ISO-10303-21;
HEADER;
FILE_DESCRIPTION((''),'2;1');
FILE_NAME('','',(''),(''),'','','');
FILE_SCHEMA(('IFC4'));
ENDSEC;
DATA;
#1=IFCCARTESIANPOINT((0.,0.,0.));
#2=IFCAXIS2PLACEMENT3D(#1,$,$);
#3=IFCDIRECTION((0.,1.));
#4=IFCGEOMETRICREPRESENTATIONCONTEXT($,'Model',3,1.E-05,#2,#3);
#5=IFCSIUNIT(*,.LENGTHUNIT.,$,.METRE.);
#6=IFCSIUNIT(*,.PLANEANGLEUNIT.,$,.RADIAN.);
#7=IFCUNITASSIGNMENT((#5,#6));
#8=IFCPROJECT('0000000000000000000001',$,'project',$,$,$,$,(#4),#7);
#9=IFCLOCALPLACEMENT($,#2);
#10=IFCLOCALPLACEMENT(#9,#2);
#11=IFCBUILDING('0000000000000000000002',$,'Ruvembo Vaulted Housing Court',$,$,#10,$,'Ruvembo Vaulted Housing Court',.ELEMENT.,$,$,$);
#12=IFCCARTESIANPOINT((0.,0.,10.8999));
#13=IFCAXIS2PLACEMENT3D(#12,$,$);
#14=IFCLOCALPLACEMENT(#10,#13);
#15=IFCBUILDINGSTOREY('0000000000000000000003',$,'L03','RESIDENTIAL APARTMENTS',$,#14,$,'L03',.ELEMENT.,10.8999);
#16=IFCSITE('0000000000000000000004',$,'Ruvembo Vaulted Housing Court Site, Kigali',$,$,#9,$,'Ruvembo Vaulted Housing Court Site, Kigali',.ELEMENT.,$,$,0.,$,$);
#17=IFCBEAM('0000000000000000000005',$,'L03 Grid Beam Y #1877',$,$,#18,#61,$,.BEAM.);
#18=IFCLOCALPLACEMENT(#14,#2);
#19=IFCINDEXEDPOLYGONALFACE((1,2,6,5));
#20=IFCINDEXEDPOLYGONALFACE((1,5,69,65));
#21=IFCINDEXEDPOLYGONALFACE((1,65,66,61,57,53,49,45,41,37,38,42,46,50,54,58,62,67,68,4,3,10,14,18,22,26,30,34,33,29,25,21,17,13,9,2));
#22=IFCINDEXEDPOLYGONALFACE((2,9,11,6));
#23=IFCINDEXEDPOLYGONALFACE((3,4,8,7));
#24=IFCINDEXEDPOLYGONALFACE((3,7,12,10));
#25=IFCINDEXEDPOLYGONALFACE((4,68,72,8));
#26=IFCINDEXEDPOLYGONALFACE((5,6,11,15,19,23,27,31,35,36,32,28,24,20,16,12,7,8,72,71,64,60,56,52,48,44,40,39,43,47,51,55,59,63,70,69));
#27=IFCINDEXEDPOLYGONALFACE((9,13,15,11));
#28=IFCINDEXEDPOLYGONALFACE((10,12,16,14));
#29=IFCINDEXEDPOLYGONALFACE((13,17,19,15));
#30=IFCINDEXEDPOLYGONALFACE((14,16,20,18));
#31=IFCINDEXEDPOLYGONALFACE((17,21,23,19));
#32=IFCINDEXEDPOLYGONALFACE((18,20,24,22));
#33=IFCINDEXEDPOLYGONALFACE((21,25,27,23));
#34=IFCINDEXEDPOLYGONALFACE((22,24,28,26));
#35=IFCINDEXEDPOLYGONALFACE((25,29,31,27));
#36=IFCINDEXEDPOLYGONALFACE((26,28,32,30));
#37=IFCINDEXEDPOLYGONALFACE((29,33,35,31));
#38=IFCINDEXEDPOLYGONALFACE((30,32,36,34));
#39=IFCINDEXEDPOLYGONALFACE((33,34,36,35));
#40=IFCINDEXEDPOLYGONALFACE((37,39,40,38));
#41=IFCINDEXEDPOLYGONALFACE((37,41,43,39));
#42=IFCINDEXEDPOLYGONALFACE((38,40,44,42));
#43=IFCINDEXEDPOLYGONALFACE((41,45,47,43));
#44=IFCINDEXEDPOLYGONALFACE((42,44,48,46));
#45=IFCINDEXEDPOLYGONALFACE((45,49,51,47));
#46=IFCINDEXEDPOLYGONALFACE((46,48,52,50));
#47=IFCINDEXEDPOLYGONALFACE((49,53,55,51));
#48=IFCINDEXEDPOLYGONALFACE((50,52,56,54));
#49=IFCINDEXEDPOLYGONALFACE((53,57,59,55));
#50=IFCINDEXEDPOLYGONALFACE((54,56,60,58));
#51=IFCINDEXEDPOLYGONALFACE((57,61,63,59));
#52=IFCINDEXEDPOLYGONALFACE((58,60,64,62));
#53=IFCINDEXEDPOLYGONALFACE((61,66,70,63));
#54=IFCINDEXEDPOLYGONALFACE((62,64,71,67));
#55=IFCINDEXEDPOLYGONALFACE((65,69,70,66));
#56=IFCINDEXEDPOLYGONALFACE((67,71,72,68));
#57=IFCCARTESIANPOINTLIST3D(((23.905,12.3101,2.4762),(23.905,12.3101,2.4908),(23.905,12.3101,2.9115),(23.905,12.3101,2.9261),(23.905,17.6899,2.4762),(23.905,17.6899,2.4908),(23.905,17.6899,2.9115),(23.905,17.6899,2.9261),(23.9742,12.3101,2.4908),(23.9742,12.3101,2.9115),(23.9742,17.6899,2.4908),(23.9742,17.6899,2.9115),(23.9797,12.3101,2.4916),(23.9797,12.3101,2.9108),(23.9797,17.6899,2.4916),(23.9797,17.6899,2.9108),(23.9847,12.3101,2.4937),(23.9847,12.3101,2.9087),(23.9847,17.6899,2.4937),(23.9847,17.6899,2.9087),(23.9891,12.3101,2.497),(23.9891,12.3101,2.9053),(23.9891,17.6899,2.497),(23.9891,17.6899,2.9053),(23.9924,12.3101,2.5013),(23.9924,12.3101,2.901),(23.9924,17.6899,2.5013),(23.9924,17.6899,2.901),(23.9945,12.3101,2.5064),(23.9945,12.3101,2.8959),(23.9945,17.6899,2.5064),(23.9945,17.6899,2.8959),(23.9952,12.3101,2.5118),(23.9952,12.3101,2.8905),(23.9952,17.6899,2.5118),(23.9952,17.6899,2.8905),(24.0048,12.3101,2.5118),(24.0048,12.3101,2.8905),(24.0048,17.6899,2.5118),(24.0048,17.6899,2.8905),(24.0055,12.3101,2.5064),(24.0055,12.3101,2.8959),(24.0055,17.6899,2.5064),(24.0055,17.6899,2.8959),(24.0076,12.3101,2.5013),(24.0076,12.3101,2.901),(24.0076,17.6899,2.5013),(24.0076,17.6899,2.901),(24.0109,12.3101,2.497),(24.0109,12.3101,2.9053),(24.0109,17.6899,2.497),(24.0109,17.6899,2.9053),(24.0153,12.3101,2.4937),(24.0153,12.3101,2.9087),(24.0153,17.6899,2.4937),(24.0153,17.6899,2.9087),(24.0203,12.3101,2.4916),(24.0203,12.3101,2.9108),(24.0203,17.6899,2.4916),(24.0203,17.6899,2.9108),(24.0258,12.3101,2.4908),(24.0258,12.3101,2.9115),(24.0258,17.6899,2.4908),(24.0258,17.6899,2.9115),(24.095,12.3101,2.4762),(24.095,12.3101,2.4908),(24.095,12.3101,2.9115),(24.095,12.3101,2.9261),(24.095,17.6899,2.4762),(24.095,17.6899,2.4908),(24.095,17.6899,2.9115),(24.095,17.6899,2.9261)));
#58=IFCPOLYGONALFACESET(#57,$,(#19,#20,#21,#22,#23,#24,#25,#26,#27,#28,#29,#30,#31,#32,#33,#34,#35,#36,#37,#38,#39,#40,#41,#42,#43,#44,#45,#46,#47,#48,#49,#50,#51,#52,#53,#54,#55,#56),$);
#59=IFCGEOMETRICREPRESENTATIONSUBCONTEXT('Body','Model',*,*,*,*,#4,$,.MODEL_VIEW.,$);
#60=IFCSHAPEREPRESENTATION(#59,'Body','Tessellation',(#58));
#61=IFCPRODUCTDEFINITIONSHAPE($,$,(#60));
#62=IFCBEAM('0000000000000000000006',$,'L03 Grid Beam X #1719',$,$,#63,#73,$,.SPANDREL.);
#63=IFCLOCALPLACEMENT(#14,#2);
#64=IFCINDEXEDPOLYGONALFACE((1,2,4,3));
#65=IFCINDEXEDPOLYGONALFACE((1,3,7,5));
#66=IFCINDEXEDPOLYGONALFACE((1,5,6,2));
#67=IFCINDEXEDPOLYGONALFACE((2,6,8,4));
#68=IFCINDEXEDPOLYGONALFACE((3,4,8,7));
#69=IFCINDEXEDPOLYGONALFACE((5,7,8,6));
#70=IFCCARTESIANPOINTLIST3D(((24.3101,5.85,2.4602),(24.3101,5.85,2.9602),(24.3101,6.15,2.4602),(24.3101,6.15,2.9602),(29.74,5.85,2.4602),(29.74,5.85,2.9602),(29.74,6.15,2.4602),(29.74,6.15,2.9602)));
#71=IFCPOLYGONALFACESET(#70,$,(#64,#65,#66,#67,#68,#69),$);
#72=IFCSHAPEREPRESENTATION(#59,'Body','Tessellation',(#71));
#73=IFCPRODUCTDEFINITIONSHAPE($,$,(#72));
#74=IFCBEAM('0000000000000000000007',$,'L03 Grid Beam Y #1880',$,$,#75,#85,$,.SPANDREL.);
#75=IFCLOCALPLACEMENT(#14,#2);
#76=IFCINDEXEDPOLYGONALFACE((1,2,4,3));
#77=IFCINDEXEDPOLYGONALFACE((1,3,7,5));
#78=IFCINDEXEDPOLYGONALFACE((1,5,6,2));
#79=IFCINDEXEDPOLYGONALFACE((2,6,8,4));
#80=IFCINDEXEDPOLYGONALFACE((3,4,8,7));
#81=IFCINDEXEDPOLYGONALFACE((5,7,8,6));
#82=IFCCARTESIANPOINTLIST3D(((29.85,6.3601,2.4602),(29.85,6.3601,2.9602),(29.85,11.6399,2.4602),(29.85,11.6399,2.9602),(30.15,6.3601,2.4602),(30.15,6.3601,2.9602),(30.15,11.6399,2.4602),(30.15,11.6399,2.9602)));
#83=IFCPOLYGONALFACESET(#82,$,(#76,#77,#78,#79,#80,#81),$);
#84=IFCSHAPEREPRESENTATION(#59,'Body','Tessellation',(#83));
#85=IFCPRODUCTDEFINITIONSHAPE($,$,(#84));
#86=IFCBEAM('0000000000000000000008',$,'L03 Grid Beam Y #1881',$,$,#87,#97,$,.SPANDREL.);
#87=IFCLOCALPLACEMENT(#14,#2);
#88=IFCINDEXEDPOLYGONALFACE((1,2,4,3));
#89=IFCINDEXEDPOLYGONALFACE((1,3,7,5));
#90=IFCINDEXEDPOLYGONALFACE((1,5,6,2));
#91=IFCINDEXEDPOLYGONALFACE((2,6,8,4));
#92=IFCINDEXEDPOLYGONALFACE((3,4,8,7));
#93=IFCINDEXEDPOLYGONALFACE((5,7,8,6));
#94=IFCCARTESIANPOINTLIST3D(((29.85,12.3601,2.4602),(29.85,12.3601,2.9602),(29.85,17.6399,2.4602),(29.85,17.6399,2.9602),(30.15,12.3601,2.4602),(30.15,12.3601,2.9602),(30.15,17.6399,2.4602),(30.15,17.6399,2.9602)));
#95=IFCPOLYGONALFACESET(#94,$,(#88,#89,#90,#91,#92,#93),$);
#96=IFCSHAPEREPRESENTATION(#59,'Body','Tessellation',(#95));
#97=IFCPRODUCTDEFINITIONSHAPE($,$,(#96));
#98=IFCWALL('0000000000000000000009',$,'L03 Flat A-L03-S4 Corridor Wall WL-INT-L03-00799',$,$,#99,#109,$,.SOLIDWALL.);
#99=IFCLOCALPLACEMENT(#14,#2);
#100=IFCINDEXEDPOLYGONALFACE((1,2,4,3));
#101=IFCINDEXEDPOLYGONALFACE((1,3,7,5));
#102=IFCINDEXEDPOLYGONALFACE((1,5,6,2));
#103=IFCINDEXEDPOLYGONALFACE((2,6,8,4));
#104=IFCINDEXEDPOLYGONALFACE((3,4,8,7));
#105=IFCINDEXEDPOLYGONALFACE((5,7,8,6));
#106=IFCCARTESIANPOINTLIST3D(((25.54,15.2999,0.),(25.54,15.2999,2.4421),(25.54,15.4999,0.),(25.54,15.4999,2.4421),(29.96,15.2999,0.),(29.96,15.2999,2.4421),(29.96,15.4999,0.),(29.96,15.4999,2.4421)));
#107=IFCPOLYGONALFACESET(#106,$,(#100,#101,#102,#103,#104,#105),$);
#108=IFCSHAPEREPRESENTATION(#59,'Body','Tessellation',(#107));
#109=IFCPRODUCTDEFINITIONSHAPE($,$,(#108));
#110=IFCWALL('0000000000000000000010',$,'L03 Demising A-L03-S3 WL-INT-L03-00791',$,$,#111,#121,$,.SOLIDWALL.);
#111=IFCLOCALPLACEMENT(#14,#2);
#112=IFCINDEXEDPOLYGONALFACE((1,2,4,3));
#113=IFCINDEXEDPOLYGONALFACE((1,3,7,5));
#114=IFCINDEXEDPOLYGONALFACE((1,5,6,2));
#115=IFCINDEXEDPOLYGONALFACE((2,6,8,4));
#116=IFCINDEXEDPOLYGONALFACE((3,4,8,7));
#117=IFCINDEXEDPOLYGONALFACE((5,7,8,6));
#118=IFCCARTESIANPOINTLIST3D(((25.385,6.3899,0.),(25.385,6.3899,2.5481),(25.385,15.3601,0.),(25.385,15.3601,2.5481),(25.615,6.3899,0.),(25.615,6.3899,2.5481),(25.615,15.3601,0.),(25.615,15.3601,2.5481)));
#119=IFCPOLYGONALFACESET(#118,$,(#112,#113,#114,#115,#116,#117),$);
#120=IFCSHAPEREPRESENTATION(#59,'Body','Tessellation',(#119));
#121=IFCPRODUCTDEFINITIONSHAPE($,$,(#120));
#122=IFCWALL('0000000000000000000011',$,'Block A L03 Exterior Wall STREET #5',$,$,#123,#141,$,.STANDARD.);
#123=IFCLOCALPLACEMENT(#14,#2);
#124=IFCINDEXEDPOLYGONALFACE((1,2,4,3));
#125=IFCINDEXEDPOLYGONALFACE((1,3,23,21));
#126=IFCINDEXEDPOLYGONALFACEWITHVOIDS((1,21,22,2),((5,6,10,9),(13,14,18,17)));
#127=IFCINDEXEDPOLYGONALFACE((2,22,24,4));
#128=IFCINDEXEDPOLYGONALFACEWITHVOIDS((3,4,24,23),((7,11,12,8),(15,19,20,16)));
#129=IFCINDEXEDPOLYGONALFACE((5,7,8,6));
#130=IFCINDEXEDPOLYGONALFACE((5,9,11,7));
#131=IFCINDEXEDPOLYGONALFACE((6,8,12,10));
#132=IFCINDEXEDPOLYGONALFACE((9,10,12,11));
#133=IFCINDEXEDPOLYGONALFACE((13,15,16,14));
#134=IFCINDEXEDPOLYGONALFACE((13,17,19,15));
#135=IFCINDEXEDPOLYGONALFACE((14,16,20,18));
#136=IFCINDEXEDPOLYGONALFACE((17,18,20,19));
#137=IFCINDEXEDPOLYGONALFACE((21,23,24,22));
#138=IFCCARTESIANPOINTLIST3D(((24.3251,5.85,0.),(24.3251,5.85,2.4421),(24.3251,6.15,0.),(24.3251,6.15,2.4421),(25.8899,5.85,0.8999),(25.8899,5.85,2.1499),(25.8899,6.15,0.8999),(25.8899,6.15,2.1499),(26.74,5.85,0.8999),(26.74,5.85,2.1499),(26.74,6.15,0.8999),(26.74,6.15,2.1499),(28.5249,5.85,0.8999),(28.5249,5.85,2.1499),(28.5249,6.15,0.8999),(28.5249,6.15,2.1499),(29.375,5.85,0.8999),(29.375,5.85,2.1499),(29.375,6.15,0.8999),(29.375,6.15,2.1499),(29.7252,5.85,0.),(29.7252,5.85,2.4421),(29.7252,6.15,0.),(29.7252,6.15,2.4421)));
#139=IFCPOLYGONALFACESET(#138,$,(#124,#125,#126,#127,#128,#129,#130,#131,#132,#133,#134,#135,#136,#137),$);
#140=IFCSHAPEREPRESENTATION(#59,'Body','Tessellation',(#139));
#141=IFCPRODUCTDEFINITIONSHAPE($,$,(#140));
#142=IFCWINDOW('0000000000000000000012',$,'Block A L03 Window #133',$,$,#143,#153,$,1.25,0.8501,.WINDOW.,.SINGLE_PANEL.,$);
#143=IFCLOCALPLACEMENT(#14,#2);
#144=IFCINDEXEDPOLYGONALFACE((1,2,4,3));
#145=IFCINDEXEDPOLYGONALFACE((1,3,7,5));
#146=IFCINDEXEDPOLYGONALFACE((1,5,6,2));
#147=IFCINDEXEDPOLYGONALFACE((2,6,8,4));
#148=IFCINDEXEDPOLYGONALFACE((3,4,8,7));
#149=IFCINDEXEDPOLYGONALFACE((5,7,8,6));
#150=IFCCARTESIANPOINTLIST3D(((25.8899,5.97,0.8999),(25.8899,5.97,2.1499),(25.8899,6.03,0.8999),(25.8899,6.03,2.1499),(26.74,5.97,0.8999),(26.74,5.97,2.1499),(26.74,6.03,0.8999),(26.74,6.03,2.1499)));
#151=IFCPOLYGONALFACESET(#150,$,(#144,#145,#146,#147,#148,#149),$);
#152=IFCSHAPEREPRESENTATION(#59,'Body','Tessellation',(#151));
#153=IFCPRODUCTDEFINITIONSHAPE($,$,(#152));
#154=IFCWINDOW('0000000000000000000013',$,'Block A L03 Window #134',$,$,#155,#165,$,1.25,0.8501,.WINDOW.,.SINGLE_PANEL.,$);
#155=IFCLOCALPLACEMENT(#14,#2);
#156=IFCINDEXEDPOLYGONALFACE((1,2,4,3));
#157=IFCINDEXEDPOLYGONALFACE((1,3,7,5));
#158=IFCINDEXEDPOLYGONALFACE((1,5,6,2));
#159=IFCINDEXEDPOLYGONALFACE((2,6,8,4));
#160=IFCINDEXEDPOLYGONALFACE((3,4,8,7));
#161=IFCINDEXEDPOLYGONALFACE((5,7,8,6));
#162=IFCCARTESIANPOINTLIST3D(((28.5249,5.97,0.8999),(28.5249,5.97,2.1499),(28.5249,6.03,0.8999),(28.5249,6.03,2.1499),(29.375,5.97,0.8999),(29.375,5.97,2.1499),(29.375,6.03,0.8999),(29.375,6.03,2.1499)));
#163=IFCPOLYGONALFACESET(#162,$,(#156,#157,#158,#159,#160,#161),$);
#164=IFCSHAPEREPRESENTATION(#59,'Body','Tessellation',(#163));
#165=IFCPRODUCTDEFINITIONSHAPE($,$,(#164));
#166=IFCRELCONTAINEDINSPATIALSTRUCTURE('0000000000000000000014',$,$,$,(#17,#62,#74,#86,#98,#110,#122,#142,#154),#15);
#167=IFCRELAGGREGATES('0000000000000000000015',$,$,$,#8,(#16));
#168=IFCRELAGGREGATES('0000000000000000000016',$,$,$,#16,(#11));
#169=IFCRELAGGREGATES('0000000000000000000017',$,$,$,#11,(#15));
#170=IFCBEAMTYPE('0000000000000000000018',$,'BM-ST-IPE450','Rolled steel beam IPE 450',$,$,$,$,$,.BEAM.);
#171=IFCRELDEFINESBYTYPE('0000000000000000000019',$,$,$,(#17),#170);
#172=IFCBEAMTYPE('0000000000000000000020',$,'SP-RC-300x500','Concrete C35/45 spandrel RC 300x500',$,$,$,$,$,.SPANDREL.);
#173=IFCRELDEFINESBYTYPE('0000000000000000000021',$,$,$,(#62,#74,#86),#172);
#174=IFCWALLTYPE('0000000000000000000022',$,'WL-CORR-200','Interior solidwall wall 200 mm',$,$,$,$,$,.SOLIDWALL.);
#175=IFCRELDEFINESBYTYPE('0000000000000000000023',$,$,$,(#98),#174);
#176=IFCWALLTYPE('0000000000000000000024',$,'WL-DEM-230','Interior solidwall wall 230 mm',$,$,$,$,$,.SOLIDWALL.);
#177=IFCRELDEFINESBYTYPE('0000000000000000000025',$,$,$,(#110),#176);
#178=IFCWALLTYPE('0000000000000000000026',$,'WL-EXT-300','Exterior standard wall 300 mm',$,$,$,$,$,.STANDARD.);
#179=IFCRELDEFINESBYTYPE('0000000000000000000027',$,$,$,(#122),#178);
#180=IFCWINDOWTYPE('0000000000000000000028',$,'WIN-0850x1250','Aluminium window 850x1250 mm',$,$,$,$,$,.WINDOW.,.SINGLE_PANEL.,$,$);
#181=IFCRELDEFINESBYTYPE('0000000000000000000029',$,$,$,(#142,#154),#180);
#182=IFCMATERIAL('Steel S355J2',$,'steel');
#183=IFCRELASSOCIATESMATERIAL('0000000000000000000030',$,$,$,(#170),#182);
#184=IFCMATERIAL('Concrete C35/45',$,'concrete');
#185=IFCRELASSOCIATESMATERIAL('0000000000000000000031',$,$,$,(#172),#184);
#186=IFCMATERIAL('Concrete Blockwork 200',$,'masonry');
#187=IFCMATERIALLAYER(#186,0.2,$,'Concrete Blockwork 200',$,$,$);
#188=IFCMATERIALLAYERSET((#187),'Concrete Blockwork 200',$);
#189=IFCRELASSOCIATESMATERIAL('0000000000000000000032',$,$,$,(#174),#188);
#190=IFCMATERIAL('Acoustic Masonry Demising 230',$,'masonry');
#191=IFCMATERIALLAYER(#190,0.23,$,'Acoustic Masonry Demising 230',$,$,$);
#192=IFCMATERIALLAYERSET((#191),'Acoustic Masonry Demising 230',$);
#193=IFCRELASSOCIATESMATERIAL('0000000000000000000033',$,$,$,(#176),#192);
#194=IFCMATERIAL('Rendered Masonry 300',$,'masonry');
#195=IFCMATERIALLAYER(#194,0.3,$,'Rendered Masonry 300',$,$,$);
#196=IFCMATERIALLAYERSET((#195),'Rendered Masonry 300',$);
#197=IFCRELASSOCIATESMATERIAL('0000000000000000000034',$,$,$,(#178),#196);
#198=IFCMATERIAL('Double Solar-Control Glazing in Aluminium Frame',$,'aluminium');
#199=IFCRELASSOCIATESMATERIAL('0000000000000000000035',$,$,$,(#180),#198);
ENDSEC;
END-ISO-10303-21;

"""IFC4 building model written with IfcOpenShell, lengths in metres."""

from ifc_helpers import new_model, si_unit, direction, frame, frame_2d, origin, origin_2d, place, context, subcontext, project, spatial, rectangle, i_section, extrude, material, layer, layer_set, material_profile, profile_set, type_object, element, fill, save


model = new_model("IFC4")

# Units and contexts
model_context = context("Model", 3, precision=1e-05, world=origin(), true_north=direction((0.0, 1.0)))
body_context = subcontext(model_context, "Body", "Model", "MODEL_VIEW")
ifc_project = project(units=[si_unit("LENGTHUNIT", "METRE"), si_unit("PLANEANGLEUNIT", "RADIAN")], contexts=[model_context])

# Site, building, storey
site_placement = place(None, origin())
site = spatial("IfcSite", under=ifc_project, at=site_placement, Name="Ruvembo Vaulted Housing Court Site, Kigali", LongName="Ruvembo Vaulted Housing Court Site, Kigali", CompositionType="ELEMENT", RefElevation=0.0)
building_placement = place(site_placement, origin())
building = spatial("IfcBuilding", under=site, at=building_placement, Name="Ruvembo Vaulted Housing Court", LongName="Ruvembo Vaulted Housing Court", CompositionType="ELEMENT")
storey_placement = place(building_placement, frame((0.0, 0.0, 10.8999)))
storey = spatial("IfcBuildingStorey", under=building, at=storey_placement, Name="L03", Description="RESIDENTIAL APARTMENTS", LongName="L03", CompositionType="ELEMENT", Elevation=10.8999)

# Beams
ifc_material_1 = material(Name="Steel S355J2", Category="steel")
ifc_material_profile_1 = material_profile(ifc_material_1, i_section(OverallWidth=0.1899, OverallDepth=0.45, WebThickness=0.0095, FlangeThickness=0.0146, FilletRadius=0.021, at=origin_2d()), Name="IPE 450")
ifc_profile_set_1 = profile_set([ifc_material_profile_1], Name="Steel S355J2")
beam_type_1 = type_object("IfcBeamType", Name="BM-ST-IPE450", Description="Rolled steel beam IPE 450", PredefinedType="BEAM", material=ifc_profile_set_1)
beam_1_placement = place(storey_placement, frame((24.0, 12.3101, 2.7012), z_axis=(0.0, 1.0, 0.0), x_axis=(-1.0, 0.0, 0.0)))
element("IfcBeam", 1, at=beam_1_placement, inside=storey, type_object=beam_type_1, Name="L03 Grid Beam Y #1877", PredefinedType="BEAM", context=body_context, shape_type="SweptSolid", body=[
    extrude(i_section(OverallWidth=0.1899, OverallDepth=0.45, WebThickness=0.0095, FlangeThickness=0.0146, FilletRadius=0.021, at=origin_2d()), origin(), (0.0, 0.0, 1.0), 5.3799),
])
ifc_material_2 = material(Name="Concrete C35/45", Category="concrete")
ifc_material_profile_2 = material_profile(ifc_material_2, rectangle(XDim=0.3, YDim=0.5, at=origin_2d()), Name="RC 300x500")
ifc_profile_set_2 = profile_set([ifc_material_profile_2], Name="Concrete C35/45")
beam_type_2 = type_object("IfcBeamType", Name="SP-RC-300x500", Description="Concrete C35/45 spandrel RC 300x500", PredefinedType="SPANDREL", material=ifc_profile_set_2)
beam_2_placement = place(storey_placement, frame((24.3101, 6.0, 2.7102), z_axis=(1.0, 0.0, 0.0), x_axis=(0.0, 1.0, 0.0)))
element("IfcBeam", 2, at=beam_2_placement, inside=storey, type_object=beam_type_2, Name="L03 Grid Beam X #1719", PredefinedType="SPANDREL", context=body_context, shape_type="SweptSolid", body=[
    extrude(rectangle(XDim=0.3, YDim=0.5, at=origin_2d()), origin(), (0.0, 0.0, 1.0), 5.4299),
])
for number, where, z_axis, x_axis, name in (
    (3, (30.0, 6.3601, 2.7102), (0.0, 1.0, 0.0), (-1.0, 0.0, 0.0), "L03 Grid Beam Y #1880"),
    (4, (30.0, 12.3601, 2.7102), (0.0, 1.0, 0.0), (-1.0, 0.0, 0.0), "L03 Grid Beam Y #1881"),
):
    element("IfcBeam", number, at=place(storey_placement, frame(where, z_axis=z_axis, x_axis=x_axis)), inside=storey, type_object=beam_type_2, Name=name, PredefinedType="SPANDREL", context=body_context, shape_type="SweptSolid", body=[
        extrude(rectangle(XDim=0.3, YDim=0.5, at=origin_2d()), origin(), (0.0, 0.0, 1.0), 5.2798),
    ])

# Walls
ifc_material_3 = material(Name="Concrete Blockwork 200", Category="masonry")
ifc_layer_1 = layer(ifc_material_3, 0.2, Name="Concrete Blockwork 200")
ifc_layer_set_1 = layer_set([ifc_layer_1], Name="Concrete Blockwork 200")
wall_type_1 = type_object("IfcWallType", Name="WL-CORR-200", Description="Interior solidwall wall 200 mm", PredefinedType="SOLIDWALL", material=ifc_layer_set_1)
wall_1_placement = place(storey_placement, frame((25.54, 15.3999, 0.0), z_axis=(0.0, 0.0, 1.0), x_axis=(1.0, 0.0, 0.0)))
element("IfcWall", 5, at=wall_1_placement, inside=storey, type_object=wall_type_1, Name="L03 Flat A-L03-S4 Corridor Wall WL-INT-L03-00799", PredefinedType="SOLIDWALL", context=body_context, shape_type="SweptSolid", body=[
    extrude(rectangle(XDim=4.4199, YDim=0.2, at=frame_2d((2.21, 0.0))), origin(), (0.0, 0.0, 1.0), 2.4421),
])
ifc_material_4 = material(Name="Acoustic Masonry Demising 230", Category="masonry")
ifc_layer_2 = layer(ifc_material_4, 0.23, Name="Acoustic Masonry Demising 230")
ifc_layer_set_2 = layer_set([ifc_layer_2], Name="Acoustic Masonry Demising 230")
wall_type_2 = type_object("IfcWallType", Name="WL-DEM-230", Description="Interior solidwall wall 230 mm", PredefinedType="SOLIDWALL", material=ifc_layer_set_2)
wall_2_placement = place(storey_placement, frame((25.5, 6.3899, 0.0), z_axis=(0.0, 0.0, 1.0), x_axis=(0.0, 1.0, 0.0)))
element("IfcWall", 6, at=wall_2_placement, inside=storey, type_object=wall_type_2, Name="L03 Demising A-L03-S3 WL-INT-L03-00791", PredefinedType="SOLIDWALL", context=body_context, shape_type="SweptSolid", body=[
    extrude(rectangle(XDim=8.9702, YDim=0.23, at=frame_2d((4.4851, 0.0))), origin(), (0.0, 0.0, 1.0), 2.5481),
])

# Wall, openings, windows
ifc_material_5 = material(Name="Rendered Masonry 300", Category="masonry")
ifc_layer_3 = layer(ifc_material_5, 0.3, Name="Rendered Masonry 300")
ifc_layer_set_3 = layer_set([ifc_layer_3], Name="Rendered Masonry 300")
wall_type_3 = type_object("IfcWallType", Name="WL-EXT-300", Description="Exterior standard wall 300 mm", PredefinedType="STANDARD", material=ifc_layer_set_3)
wall_3_placement = place(storey_placement, frame((24.325, 6.0, 0.0), z_axis=(0.0, 0.0, 1.0), x_axis=(1.0, 0.0, 0.0)))
wall_3 = element("IfcWall", 7, at=wall_3_placement, inside=storey, type_object=wall_type_3, Name="Block A L03 Exterior Wall STREET #5", PredefinedType="STANDARD", context=body_context, shape_type="SweptSolid", body=[
    extrude(rectangle(XDim=5.4001, YDim=0.3, at=frame_2d((2.7002, 0.0))), origin(), (0.0, 0.0, 1.0), 2.4421),
])
opening_1_placement = place(wall_3_placement, frame((1.5649, 0.0, 0.8999)))
opening_1 = element("IfcOpeningElement", 8, at=opening_1_placement, cuts=wall_3, PredefinedType="OPENING", context=body_context, shape_type="SweptSolid", body=[
    extrude(rectangle(XDim=0.8501, YDim=1.25, at=frame_2d((0.425, 0.625))), frame((0.0, 0.1599, 0.0), z_axis=(0.0, -1.0, 0.0), x_axis=(1.0, 0.0, 0.0)), (0.0, 0.0, 1.0), 0.3201),
])
opening_2_placement = place(wall_3_placement, frame((4.2, 0.0, 0.8999)))
opening_2 = element("IfcOpeningElement", 9, at=opening_2_placement, cuts=wall_3, PredefinedType="OPENING", context=body_context, shape_type="SweptSolid", body=[
    extrude(rectangle(XDim=0.8501, YDim=1.25, at=frame_2d((0.425, 0.625))), frame((0.0, 0.1599, 0.0), z_axis=(0.0, -1.0, 0.0), x_axis=(1.0, 0.0, 0.0)), (0.0, 0.0, 1.0), 0.3201),
])
ifc_material_6 = material(Name="Double Solar-Control Glazing in Aluminium Frame", Category="aluminium")
window_type = type_object("IfcWindowType", Name="WIN-0850x1250", Description="Aluminium window 850x1250 mm", PartitioningType="SINGLE_PANEL", PredefinedType="WINDOW", material=ifc_material_6)
window_1_placement = place(opening_1_placement, origin())
window_1 = element("IfcWindow", 10, at=window_1_placement, inside=storey, type_object=window_type, Name="Block A L03 Window #133", OverallHeight=1.25, OverallWidth=0.8501, PartitioningType="SINGLE_PANEL", PredefinedType="WINDOW", context=body_context, shape_type="SweptSolid", body=[
    extrude(rectangle(XDim=0.8501, YDim=1.25, at=frame_2d((0.425, 0.625))), frame((0.0, 0.03, 0.0), z_axis=(0.0, -1.0, 0.0), x_axis=(1.0, 0.0, 0.0)), (0.0, 0.0, 1.0), 0.0601),
])
fill(opening_1, window_1)
window_2_placement = place(opening_2_placement, origin())
window_2 = element("IfcWindow", 11, at=window_2_placement, inside=storey, type_object=window_type, Name="Block A L03 Window #134", OverallHeight=1.25, OverallWidth=0.8501, PartitioningType="SINGLE_PANEL", PredefinedType="WINDOW", context=body_context, shape_type="SweptSolid", body=[
    extrude(rectangle(XDim=0.8501, YDim=1.25, at=frame_2d((0.425, 0.625))), frame((0.0, 0.03, 0.0), z_axis=(0.0, -1.0, 0.0), x_axis=(1.0, 0.0, 0.0)), (0.0, 0.0, 1.0), 0.0601),
])
fill(opening_2, window_2)

save(model, "model.ifc")
